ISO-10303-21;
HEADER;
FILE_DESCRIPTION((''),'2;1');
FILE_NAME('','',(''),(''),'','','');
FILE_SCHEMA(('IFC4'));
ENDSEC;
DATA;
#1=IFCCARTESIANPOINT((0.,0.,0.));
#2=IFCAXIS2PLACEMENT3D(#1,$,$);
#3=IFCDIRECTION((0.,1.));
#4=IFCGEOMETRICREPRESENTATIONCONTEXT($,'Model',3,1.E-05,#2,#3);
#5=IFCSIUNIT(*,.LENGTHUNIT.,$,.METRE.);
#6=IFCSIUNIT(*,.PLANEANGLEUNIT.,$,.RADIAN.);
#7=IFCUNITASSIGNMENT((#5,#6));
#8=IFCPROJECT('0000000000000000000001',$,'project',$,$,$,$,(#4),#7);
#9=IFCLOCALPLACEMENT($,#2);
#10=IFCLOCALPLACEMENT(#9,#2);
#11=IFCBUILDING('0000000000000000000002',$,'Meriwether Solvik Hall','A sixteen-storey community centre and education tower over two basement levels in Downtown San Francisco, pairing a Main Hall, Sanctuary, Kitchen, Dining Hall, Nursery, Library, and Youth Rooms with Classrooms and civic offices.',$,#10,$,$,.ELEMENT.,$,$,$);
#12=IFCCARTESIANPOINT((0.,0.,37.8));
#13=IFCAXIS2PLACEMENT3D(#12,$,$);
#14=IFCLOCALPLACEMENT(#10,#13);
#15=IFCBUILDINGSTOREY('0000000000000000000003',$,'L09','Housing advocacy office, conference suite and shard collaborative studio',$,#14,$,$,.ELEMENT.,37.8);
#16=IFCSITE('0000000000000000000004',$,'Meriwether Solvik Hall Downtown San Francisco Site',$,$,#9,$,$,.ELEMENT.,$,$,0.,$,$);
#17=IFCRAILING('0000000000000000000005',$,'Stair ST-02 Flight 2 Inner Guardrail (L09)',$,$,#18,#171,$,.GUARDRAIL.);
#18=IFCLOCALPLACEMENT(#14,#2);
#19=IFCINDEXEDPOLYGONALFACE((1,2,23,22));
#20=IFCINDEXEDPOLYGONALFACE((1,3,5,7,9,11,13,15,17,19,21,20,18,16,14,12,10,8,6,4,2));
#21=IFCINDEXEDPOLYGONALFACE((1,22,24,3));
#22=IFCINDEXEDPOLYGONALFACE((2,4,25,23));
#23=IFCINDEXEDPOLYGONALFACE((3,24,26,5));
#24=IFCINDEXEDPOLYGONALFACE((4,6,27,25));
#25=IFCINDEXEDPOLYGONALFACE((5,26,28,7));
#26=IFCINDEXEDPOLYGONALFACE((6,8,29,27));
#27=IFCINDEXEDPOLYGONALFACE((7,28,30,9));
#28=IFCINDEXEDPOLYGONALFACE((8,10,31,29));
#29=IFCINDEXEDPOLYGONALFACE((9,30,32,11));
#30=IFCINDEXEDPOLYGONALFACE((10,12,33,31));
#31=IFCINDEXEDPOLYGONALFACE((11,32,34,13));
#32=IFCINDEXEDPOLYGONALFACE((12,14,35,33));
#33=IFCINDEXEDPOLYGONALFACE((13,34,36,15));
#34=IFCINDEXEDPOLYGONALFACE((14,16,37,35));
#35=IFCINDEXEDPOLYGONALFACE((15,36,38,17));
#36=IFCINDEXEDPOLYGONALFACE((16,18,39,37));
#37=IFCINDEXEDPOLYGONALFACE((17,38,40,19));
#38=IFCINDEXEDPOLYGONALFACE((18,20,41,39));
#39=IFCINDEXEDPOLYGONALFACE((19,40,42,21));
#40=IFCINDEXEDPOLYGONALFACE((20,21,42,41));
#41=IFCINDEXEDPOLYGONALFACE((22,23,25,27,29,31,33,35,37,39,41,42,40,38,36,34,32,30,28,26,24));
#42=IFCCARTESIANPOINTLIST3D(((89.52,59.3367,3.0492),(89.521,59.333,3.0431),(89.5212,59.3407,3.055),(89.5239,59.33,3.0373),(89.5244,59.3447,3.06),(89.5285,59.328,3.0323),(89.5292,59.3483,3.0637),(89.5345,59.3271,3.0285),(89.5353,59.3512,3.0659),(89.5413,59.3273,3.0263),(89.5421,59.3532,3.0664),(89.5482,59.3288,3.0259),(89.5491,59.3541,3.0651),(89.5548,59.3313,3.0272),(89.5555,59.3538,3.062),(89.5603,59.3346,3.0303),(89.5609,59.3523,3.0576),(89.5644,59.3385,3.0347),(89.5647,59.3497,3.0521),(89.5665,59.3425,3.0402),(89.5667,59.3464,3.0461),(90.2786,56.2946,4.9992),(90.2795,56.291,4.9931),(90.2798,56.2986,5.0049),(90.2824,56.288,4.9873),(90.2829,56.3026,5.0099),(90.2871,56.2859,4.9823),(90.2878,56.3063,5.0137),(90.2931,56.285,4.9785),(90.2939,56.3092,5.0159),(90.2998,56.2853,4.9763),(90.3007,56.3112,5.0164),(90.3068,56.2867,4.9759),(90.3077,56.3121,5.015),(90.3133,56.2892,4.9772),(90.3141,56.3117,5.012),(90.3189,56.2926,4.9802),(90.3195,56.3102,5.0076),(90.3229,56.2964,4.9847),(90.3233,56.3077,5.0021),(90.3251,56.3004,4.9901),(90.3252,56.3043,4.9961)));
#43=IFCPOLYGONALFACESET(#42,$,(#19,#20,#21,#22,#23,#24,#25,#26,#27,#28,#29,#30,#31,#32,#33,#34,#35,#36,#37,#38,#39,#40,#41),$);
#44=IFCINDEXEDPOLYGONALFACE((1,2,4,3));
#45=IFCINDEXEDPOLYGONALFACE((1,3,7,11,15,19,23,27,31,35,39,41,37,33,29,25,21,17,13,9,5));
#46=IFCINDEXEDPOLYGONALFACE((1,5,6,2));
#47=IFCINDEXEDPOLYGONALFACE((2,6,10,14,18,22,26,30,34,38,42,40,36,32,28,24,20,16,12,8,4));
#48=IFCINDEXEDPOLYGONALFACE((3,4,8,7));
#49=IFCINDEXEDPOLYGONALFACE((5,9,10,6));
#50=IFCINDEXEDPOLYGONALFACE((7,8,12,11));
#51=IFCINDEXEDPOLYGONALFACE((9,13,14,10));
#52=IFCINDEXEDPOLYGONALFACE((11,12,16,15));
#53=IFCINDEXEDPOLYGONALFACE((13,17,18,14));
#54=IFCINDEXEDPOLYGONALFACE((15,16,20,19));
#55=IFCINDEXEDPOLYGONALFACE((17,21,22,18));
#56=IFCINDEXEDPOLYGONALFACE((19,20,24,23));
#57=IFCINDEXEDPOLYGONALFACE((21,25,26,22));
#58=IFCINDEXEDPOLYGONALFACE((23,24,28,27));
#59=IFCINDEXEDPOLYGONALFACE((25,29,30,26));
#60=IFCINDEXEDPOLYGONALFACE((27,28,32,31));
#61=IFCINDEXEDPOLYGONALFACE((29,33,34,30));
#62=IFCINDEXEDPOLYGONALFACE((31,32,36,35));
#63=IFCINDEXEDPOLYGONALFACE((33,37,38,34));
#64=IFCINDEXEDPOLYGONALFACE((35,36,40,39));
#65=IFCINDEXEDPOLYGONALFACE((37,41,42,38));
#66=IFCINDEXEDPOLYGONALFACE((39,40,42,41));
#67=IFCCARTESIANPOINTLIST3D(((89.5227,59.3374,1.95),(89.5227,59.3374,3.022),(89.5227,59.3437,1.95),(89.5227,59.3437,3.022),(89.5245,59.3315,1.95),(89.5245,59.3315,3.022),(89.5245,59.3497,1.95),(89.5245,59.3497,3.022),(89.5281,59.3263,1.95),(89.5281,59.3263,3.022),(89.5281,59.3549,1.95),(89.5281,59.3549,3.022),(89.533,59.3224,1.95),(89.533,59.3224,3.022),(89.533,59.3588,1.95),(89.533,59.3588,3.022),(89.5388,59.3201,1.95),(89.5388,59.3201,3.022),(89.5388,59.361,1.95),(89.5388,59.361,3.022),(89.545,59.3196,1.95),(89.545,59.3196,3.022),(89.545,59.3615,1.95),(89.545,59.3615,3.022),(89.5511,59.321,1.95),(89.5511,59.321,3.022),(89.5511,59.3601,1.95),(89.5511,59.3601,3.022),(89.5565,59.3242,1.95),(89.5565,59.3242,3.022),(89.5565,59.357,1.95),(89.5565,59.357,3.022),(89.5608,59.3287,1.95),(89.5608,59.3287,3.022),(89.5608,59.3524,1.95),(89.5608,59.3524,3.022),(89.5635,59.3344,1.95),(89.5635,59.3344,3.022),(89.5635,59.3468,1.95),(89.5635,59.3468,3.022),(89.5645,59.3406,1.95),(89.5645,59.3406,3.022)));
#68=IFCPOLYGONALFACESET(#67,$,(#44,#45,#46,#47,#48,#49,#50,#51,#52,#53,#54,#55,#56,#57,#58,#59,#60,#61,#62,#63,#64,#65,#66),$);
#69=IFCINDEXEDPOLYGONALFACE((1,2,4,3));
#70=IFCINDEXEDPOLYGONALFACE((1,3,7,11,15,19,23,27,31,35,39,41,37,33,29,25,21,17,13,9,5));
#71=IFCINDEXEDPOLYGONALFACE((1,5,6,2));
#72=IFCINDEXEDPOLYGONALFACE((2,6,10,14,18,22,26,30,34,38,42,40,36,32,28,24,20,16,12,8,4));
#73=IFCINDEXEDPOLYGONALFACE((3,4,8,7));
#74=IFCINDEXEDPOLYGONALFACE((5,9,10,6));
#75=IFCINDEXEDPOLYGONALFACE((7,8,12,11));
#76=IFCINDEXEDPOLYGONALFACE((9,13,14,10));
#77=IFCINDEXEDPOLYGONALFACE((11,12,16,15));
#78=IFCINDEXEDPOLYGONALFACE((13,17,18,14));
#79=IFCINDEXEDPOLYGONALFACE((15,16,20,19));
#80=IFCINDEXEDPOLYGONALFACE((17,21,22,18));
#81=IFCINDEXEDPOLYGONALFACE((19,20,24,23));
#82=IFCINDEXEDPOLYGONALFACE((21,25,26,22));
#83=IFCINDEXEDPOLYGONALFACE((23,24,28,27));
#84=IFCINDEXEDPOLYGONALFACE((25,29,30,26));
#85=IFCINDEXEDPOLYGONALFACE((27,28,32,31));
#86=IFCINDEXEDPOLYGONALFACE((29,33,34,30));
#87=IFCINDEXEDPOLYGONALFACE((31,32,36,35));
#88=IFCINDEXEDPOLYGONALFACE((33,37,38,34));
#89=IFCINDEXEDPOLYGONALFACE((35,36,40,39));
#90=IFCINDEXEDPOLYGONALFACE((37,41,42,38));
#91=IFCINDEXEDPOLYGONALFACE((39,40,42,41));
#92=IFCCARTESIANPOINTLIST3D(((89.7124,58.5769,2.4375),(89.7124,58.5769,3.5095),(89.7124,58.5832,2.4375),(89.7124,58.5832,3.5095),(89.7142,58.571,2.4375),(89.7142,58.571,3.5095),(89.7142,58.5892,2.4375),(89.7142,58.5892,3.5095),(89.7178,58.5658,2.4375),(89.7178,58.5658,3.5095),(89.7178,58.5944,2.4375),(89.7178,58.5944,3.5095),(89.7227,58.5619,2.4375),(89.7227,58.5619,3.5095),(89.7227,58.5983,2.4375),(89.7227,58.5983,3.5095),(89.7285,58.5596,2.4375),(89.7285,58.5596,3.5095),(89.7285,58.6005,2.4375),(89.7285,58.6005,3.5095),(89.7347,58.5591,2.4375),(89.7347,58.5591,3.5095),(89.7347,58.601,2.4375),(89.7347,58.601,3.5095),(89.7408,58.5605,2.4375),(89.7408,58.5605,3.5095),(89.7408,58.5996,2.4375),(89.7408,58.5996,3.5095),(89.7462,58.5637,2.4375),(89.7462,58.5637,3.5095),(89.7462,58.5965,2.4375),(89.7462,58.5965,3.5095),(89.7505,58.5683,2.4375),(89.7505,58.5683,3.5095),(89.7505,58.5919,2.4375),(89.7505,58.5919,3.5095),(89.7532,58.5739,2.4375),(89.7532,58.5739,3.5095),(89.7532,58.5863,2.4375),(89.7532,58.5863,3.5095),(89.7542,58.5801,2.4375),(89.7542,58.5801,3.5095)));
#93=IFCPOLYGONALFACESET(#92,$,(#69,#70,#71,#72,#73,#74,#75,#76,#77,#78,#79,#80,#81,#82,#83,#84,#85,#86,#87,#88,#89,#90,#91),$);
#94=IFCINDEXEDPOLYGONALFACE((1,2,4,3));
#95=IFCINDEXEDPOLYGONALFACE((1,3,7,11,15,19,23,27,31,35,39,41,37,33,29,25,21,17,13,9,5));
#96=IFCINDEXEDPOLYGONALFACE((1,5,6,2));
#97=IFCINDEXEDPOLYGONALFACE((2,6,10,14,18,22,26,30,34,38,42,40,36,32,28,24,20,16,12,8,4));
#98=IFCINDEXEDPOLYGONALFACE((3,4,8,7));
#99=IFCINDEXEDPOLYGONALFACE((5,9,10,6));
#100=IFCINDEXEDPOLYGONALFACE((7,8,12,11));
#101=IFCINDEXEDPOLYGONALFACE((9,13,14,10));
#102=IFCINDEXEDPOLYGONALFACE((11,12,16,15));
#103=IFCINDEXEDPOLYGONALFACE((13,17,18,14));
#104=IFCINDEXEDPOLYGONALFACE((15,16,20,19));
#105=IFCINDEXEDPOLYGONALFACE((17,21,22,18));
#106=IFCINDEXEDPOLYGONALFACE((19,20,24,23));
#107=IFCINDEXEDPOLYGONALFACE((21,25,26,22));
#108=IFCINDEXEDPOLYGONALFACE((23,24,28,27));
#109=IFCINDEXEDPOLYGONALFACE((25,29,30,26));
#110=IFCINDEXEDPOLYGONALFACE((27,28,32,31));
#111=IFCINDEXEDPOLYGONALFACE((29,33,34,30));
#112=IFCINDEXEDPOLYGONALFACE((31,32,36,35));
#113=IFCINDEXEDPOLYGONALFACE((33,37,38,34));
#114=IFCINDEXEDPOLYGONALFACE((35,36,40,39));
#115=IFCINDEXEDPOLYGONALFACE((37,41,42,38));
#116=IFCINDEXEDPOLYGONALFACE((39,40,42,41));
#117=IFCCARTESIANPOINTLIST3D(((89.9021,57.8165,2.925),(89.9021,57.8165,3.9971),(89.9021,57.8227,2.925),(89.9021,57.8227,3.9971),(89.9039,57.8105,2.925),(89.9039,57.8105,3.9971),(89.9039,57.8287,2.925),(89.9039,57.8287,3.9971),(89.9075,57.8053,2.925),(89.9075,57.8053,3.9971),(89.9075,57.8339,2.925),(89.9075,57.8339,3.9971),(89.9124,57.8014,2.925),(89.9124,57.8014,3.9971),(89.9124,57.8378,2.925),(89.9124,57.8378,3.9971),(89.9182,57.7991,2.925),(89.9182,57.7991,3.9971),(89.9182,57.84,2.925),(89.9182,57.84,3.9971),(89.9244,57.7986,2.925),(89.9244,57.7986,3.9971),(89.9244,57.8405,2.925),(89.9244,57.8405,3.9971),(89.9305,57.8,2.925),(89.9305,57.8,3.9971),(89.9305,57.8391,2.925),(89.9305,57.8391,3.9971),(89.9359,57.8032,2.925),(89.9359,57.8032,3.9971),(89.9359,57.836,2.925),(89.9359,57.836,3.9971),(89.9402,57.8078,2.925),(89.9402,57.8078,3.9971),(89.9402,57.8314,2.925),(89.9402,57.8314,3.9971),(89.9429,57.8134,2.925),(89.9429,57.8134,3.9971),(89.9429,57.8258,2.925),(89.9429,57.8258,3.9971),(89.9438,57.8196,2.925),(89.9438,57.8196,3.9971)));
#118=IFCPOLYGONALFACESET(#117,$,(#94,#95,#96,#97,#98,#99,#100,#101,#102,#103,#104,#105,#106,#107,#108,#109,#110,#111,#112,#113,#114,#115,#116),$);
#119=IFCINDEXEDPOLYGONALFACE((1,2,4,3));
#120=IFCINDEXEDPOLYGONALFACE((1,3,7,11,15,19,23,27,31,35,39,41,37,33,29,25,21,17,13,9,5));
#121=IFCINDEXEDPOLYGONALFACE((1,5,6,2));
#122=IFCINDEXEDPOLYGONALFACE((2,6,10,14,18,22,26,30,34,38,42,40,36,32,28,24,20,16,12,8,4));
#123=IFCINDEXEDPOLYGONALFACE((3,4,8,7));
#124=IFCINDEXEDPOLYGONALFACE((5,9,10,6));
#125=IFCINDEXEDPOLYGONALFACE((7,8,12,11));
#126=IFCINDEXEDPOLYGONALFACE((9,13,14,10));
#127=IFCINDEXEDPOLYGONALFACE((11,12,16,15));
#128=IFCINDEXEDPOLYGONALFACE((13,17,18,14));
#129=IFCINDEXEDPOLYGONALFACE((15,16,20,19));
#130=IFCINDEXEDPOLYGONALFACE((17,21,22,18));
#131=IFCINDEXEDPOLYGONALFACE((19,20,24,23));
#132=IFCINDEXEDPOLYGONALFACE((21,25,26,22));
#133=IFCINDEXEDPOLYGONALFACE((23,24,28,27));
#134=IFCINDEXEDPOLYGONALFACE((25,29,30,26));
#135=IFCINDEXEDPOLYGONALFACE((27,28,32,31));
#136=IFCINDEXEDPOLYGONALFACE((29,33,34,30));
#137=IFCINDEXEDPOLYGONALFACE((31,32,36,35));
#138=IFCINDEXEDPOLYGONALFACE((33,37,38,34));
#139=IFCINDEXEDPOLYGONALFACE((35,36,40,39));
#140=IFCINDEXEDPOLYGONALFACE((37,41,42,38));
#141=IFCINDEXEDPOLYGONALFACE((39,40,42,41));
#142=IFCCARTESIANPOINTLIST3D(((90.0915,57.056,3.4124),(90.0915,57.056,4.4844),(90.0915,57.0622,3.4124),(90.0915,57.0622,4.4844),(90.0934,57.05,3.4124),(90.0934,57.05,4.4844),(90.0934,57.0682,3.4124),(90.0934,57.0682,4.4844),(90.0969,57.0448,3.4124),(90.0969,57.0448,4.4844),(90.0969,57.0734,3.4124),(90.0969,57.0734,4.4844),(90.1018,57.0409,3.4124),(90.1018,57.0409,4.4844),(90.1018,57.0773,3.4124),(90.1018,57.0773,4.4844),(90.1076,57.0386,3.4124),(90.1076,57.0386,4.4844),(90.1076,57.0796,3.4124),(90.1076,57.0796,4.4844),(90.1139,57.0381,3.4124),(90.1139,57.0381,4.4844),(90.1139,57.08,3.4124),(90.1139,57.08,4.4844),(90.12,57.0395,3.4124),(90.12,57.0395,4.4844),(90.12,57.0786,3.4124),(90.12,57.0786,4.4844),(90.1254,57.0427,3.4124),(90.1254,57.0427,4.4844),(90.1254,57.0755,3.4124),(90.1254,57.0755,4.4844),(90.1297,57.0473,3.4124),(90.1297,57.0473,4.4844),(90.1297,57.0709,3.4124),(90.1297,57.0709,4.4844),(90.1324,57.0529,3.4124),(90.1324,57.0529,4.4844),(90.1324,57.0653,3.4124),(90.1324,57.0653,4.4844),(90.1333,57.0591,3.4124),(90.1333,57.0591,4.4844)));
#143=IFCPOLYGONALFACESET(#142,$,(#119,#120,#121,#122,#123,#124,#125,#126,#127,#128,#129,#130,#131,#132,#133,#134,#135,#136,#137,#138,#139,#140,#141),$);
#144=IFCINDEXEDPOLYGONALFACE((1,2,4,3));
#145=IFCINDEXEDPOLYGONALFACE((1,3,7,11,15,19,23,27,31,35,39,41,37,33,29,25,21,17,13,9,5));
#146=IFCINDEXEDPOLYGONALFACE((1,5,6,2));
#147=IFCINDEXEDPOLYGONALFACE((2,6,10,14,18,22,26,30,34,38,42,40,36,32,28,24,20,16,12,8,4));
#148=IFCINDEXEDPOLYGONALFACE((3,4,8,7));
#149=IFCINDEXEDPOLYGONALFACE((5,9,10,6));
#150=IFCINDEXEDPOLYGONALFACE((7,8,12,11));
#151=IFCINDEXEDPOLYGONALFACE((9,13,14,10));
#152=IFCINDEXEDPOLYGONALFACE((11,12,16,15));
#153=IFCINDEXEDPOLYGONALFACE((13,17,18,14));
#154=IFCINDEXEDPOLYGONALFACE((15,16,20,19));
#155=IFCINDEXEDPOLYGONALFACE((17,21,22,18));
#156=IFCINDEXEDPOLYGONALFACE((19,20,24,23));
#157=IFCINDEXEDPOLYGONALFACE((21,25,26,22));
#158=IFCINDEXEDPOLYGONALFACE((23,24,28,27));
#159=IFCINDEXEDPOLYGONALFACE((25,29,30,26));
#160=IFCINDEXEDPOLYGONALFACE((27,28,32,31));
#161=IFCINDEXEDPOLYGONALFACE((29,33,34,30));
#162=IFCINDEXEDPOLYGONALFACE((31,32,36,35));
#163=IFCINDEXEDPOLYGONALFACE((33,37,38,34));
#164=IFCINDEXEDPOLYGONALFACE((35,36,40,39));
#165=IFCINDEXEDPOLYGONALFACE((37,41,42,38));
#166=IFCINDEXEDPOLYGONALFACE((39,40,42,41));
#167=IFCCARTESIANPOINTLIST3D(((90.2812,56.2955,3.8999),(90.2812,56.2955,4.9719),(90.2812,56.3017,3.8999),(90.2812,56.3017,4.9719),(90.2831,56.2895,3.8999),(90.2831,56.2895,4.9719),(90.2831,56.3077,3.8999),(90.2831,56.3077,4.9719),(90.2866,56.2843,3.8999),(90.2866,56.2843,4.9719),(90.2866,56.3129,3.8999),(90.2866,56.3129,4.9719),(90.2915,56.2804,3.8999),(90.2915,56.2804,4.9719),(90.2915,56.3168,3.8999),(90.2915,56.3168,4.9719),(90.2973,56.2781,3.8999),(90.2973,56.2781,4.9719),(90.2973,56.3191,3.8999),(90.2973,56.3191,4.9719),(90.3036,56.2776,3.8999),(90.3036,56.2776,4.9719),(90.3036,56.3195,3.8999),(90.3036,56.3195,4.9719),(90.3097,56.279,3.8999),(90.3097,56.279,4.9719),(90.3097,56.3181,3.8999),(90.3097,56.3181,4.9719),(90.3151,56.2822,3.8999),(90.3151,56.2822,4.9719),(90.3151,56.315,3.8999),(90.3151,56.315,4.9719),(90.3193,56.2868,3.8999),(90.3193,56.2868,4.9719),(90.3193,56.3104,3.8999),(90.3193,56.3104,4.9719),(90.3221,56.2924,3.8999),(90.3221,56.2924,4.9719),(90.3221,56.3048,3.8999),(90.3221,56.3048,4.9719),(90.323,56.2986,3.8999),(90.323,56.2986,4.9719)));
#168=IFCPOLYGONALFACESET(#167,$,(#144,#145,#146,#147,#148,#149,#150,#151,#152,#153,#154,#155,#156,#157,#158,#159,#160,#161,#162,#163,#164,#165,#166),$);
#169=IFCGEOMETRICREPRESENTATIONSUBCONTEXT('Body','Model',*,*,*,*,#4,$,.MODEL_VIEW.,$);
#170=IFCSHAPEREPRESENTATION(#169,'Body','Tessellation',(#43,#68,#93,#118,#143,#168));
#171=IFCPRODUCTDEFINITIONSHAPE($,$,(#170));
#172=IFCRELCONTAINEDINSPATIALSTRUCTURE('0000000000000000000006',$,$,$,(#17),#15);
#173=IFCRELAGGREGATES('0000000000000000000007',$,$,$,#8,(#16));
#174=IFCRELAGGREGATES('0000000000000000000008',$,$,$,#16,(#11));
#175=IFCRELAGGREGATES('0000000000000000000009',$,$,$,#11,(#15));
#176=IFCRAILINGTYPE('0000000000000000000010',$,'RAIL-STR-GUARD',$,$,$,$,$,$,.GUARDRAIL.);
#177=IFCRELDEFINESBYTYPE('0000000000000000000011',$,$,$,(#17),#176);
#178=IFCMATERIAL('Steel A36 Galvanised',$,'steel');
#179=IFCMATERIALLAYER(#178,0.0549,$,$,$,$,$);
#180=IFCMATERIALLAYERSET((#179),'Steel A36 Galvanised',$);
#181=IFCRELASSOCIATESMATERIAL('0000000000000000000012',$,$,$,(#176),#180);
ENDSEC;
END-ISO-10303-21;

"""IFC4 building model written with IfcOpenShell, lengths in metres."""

from ifc_helpers import new_model, si_unit, direction, frame, origin, origin_2d, place, context, subcontext, project, spatial, circle, extrude, material, layer, layer_set, type_object, element, save


model = new_model("IFC4")

# Units and contexts
model_context = context("Model", 3, precision=1e-05, world=origin(), true_north=direction((0.0, 1.0)))
body_context = subcontext(model_context, "Body", "Model", "MODEL_VIEW")
ifc_project = project(units=[si_unit("LENGTHUNIT", "METRE"), si_unit("PLANEANGLEUNIT", "RADIAN")], contexts=[model_context])

# Site, building, storey
site_placement = place(None, origin())
site = spatial("IfcSite", under=ifc_project, at=site_placement, Name="Meriwether Solvik Hall Downtown San Francisco Site", CompositionType="ELEMENT", RefElevation=0.0)
building_placement = place(site_placement, origin())
building = spatial("IfcBuilding", under=site, at=building_placement, Name="Meriwether Solvik Hall", Description="A sixteen-storey community centre and education tower over two basement levels in Downtown San Francisco, pairing a Main Hall, Sanctuary, Kitchen, Dining Hall, Nursery, Library, and Youth Rooms with Classrooms and civic offices.", CompositionType="ELEMENT")
storey_placement = place(building_placement, frame((0.0, 0.0, 37.8)))
storey = spatial("IfcBuildingStorey", under=building, at=storey_placement, Name="L09", Description="Housing advocacy office, conference suite and shard collaborative studio", CompositionType="ELEMENT", Elevation=37.8)

# Railing
ifc_material_1 = material(Name="Steel A36 Galvanised", Category="steel")
ifc_layer_1 = layer(ifc_material_1, 0.0549)
ifc_layer_set_1 = layer_set([ifc_layer_1], Name="Steel A36 Galvanised")
railing_type_1 = type_object("IfcRailingType", Name="RAIL-STR-GUARD", PredefinedType="GUARDRAIL", material=ifc_layer_set_1)
railing_1_placement = place(storey_placement, frame((89.5435, 59.3406, 1.95)))
element("IfcRailing", 1, at=railing_1_placement, inside=storey, type_object=railing_type_1, Name="Stair ST-02 Flight 2 Inner Guardrail (L09)", PredefinedType="GUARDRAIL", context=body_context, shape_type="SweptSolid", body=[
    extrude(circle(Radius=0.0239, at=origin_2d()), frame((0.0, 0.0, 1.0962), z_axis=(0.205452, -0.823925, 0.528145), x_axis=(0.970289, 0.241949, 0.0)), (0.0, 0.0, 1.0), 3.6921),
    extrude(circle(Radius=0.021, at=origin_2d()), origin(), (0.0, 0.0, 1.0), 1.072),
    extrude(circle(Radius=0.021, at=origin_2d()), frame((0.1897, -0.7605, 0.4875)), (0.0, 0.0, 1.0), 1.072),
    extrude(circle(Radius=0.021, at=origin_2d()), frame((0.3794, -1.521, 0.9751)), (0.0, 0.0, 1.0), 1.072),
    extrude(circle(Radius=0.021, at=origin_2d()), frame((0.5688, -2.2815, 1.4624)), (0.0, 0.0, 1.0), 1.072),
    extrude(circle(Radius=0.021, at=origin_2d()), frame((0.7585, -3.042, 1.95)), (0.0, 0.0, 1.0), 1.072),
])

save(model, "model.ifc")
